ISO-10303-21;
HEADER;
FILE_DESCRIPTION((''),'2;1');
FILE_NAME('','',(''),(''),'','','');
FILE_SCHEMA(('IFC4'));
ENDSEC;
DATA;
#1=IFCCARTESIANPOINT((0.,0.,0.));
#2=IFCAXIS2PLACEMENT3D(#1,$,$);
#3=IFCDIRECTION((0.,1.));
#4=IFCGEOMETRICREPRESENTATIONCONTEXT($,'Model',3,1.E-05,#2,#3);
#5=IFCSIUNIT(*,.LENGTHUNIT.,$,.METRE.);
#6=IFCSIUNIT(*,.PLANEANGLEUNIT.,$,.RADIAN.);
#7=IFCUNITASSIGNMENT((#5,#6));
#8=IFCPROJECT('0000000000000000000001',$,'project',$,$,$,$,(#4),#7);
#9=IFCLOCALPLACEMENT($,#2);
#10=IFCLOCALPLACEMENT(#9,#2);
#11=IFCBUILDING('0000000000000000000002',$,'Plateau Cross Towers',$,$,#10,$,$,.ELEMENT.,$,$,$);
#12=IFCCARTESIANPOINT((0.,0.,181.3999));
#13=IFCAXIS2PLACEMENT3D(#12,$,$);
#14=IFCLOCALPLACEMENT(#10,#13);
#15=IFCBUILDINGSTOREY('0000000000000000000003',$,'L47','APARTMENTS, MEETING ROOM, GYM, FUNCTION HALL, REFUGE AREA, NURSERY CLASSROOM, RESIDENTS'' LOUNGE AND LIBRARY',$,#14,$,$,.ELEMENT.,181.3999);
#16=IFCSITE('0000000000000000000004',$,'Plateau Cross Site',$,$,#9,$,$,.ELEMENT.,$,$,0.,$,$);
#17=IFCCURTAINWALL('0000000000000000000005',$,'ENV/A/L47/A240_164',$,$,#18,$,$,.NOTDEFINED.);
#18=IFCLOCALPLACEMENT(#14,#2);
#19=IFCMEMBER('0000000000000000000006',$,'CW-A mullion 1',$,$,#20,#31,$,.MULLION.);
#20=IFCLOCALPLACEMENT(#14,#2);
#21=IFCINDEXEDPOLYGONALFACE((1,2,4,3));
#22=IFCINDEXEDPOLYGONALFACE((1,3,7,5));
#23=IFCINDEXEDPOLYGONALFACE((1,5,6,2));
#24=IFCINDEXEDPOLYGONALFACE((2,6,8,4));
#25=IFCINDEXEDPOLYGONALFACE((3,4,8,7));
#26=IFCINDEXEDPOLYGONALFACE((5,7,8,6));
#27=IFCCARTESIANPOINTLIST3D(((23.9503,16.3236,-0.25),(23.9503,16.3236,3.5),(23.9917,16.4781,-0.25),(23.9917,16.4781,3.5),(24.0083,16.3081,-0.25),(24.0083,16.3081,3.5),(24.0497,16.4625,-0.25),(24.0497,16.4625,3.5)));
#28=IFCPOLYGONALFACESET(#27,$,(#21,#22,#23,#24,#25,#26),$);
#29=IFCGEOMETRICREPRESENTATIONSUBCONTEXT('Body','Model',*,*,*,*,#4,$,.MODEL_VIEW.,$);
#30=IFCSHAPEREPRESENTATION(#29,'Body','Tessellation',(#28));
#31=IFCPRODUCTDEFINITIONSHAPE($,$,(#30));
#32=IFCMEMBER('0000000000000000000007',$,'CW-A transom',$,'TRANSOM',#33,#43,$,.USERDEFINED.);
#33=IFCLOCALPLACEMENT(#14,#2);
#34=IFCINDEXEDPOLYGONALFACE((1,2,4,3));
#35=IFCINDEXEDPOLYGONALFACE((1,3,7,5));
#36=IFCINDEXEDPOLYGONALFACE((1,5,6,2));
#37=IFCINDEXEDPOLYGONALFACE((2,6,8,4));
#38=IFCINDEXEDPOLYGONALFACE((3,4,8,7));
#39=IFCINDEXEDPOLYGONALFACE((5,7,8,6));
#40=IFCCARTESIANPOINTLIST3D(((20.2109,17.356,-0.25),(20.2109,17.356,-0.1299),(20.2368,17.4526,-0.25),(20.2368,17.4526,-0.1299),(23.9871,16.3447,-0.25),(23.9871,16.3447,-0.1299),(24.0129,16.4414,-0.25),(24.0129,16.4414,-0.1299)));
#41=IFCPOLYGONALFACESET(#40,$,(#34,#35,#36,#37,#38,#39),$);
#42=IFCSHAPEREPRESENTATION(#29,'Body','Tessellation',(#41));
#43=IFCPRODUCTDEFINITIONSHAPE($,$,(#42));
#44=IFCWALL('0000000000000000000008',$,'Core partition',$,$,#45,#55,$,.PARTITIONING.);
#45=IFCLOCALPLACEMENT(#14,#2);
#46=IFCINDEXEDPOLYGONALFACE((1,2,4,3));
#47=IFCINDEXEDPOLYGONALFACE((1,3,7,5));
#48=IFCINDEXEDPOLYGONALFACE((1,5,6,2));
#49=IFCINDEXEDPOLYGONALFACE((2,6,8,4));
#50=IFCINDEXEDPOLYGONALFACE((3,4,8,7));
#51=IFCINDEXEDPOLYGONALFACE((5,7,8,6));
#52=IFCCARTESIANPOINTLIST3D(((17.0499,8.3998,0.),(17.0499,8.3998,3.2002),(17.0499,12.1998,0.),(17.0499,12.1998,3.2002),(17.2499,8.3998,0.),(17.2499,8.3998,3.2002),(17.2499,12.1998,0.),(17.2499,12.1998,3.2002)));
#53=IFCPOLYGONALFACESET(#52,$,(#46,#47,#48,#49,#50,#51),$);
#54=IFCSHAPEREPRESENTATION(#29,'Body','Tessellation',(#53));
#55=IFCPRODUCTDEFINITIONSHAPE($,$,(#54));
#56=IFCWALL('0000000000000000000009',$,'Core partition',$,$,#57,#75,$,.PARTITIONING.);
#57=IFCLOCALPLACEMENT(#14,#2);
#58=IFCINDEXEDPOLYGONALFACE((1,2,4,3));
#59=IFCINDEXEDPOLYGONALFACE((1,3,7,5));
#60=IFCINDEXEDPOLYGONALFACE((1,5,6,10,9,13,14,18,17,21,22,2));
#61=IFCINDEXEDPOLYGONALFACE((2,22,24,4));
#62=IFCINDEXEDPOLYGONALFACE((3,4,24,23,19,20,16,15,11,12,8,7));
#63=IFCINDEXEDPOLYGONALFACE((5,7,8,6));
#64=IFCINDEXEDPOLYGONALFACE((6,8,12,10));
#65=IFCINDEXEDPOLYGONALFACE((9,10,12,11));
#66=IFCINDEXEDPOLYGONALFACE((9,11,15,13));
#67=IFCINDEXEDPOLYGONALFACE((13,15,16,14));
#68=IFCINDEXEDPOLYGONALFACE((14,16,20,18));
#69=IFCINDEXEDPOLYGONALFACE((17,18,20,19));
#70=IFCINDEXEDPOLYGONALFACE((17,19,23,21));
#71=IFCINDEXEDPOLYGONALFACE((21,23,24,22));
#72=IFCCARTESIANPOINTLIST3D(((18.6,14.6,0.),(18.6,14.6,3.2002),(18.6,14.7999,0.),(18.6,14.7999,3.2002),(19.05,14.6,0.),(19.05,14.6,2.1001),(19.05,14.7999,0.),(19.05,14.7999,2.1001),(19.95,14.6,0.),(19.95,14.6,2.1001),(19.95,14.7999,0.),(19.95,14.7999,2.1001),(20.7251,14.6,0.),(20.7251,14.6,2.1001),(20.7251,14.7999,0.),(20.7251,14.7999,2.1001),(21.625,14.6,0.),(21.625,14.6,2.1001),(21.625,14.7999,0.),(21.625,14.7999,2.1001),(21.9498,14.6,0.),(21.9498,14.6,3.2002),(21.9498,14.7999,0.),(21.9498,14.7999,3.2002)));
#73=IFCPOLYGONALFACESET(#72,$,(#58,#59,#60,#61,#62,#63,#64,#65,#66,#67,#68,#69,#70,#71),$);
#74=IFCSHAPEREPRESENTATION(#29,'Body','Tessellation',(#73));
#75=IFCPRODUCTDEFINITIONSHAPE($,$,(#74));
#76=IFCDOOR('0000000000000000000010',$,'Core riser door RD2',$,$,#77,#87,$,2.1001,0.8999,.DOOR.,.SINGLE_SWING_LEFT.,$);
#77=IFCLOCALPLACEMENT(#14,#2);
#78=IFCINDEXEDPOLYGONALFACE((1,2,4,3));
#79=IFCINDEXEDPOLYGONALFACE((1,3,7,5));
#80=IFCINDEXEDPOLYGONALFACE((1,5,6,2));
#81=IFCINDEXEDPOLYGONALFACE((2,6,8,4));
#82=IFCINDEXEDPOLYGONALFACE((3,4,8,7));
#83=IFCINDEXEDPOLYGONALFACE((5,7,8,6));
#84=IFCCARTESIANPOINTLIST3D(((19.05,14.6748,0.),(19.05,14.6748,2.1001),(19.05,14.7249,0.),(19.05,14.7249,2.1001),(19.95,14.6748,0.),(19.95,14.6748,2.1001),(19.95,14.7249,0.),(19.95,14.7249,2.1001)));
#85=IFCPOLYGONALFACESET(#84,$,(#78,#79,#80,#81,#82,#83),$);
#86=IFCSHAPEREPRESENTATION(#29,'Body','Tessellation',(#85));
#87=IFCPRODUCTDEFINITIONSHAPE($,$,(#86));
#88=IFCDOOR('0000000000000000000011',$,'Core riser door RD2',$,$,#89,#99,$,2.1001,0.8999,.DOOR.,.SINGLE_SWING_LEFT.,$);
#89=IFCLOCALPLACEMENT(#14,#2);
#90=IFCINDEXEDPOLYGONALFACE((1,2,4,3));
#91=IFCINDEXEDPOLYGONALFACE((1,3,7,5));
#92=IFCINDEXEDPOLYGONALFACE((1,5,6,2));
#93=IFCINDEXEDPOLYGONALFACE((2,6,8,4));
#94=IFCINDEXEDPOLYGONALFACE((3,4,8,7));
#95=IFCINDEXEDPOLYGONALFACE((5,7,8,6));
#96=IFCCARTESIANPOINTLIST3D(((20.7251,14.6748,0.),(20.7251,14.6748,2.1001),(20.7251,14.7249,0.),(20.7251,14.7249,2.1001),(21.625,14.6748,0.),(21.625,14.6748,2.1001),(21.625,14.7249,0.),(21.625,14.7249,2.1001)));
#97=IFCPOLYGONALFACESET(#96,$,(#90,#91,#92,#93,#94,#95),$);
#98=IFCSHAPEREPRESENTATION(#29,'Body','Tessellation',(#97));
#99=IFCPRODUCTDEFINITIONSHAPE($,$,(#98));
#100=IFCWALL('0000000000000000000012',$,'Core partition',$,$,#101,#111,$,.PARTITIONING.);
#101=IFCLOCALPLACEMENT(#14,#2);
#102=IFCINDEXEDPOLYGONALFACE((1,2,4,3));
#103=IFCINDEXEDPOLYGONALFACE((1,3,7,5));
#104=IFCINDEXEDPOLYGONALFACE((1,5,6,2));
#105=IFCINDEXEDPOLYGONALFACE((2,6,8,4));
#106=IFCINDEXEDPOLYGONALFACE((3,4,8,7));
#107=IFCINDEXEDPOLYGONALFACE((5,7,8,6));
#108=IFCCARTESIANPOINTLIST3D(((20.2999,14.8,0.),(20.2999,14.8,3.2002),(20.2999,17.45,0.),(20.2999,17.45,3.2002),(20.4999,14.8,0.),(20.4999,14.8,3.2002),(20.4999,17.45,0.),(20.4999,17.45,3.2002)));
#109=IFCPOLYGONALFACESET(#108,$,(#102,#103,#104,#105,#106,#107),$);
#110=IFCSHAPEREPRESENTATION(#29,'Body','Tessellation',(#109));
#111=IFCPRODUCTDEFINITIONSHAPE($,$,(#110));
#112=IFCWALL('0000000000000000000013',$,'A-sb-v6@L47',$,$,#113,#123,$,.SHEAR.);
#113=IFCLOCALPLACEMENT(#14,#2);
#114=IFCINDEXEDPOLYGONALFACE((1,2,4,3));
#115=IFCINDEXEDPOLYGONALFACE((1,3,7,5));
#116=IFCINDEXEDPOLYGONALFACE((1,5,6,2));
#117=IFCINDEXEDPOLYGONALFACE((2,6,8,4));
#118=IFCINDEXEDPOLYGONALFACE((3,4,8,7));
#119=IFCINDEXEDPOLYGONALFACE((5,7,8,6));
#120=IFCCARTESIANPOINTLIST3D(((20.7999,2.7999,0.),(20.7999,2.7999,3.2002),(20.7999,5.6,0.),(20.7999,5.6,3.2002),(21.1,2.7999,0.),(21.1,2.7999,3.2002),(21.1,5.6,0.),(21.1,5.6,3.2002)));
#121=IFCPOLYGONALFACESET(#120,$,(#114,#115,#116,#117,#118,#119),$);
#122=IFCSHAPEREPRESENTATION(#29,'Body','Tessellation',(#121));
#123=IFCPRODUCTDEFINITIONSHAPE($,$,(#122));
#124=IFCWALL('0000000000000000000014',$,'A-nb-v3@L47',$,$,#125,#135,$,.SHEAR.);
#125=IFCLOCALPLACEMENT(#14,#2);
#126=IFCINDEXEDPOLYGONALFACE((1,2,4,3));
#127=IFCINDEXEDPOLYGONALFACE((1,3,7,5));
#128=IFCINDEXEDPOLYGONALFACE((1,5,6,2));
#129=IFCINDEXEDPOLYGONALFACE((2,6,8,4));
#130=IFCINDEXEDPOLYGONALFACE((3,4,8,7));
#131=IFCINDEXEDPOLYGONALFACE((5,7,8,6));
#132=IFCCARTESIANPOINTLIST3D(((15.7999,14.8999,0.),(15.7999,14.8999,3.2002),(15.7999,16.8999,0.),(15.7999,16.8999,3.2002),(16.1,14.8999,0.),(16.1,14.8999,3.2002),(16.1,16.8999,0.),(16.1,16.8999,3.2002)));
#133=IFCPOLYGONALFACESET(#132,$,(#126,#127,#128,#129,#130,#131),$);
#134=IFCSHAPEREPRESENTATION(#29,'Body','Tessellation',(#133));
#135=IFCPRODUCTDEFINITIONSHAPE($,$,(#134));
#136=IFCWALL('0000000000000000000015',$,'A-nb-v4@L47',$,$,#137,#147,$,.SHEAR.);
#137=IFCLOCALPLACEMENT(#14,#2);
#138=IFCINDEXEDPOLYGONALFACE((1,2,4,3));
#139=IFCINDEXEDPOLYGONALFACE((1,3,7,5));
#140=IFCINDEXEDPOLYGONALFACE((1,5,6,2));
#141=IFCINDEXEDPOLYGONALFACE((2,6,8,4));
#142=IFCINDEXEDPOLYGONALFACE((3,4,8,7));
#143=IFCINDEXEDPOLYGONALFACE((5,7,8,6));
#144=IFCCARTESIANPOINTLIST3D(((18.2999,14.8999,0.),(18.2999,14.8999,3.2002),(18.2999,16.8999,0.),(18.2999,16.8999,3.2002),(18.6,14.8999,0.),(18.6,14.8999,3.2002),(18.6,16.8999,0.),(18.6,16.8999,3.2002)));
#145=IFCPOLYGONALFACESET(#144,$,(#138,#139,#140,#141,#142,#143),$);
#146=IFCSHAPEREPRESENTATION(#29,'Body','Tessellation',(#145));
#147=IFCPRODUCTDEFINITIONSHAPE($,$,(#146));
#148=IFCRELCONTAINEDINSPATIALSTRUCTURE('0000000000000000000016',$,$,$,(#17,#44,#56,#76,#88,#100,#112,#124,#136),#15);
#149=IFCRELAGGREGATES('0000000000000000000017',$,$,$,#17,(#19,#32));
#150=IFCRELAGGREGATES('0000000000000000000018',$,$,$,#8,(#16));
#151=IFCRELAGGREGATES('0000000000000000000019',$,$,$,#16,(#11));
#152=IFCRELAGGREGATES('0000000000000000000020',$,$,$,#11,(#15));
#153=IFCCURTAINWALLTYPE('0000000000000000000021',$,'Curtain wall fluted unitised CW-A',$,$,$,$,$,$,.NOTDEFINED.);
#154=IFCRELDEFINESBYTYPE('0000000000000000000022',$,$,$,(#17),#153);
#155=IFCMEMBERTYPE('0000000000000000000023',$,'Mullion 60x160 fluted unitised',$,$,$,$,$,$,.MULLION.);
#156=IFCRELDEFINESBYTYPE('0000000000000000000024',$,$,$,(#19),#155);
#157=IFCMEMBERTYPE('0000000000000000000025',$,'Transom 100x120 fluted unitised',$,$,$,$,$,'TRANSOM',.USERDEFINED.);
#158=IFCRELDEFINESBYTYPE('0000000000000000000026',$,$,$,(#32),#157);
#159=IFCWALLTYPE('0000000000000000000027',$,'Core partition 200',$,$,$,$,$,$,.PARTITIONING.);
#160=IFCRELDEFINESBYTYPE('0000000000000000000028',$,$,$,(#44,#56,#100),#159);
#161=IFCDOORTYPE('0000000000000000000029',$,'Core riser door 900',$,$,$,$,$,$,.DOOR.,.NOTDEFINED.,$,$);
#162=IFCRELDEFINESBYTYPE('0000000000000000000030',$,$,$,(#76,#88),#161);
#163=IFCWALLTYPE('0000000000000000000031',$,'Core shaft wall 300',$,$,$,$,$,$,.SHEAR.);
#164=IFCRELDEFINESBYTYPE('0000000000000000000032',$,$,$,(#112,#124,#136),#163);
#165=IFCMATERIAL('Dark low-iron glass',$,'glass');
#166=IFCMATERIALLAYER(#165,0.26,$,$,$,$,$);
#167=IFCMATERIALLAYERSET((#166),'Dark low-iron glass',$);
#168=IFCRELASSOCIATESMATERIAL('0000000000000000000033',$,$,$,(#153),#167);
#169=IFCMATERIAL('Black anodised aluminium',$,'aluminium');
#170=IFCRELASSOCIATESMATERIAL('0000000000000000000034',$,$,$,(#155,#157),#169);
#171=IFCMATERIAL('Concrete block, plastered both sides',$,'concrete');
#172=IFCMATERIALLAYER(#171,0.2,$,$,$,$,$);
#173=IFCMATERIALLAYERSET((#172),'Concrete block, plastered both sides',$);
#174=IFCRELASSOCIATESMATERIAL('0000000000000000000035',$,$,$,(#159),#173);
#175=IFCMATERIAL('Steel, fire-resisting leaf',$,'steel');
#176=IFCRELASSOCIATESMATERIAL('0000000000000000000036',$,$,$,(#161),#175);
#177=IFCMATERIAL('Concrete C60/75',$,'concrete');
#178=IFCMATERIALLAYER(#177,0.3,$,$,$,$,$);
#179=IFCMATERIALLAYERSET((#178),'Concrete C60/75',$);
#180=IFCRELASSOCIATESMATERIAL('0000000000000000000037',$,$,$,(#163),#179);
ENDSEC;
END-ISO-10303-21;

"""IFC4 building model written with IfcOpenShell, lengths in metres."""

from ifc_helpers import new_model, si_unit, direction, frame, frame_2d, origin, origin_2d, place, context, subcontext, project, spatial, rectangle, extrude, material, layer, layer_set, material_profile, profile_set, type_object, element, fill, aggregate, save


model = new_model("IFC4")

# Units and contexts
model_context = context("Model", 3, precision=1e-05, world=origin(), true_north=direction((0.0, 1.0)))
body_context = subcontext(model_context, "Body", "Model", "MODEL_VIEW")
ifc_project = project(units=[si_unit("LENGTHUNIT", "METRE"), si_unit("PLANEANGLEUNIT", "RADIAN")], contexts=[model_context])

# Site, building, storey
site_placement = place(None, origin())
site = spatial("IfcSite", under=ifc_project, at=site_placement, Name="Plateau Cross Site", CompositionType="ELEMENT", RefElevation=0.0)
building_placement = place(site_placement, origin())
building = spatial("IfcBuilding", under=site, at=building_placement, Name="Plateau Cross Towers", CompositionType="ELEMENT")
storey_placement = place(building_placement, frame((0.0, 0.0, 181.3999)))
storey = spatial("IfcBuildingStorey", under=building, at=storey_placement, Name="L47", Description="APARTMENTS, MEETING ROOM, GYM, FUNCTION HALL, REFUGE AREA, NURSERY CLASSROOM, RESIDENTS' LOUNGE AND LIBRARY", CompositionType="ELEMENT", Elevation=181.3999)

# Curtain wall, members
ifc_material_1 = material(Name="Dark low-iron glass", Category="glass")
ifc_layer_1 = layer(ifc_material_1, 0.26)
ifc_layer_set_1 = layer_set([ifc_layer_1], Name="Dark low-iron glass")
curtain_wall_type = type_object("IfcCurtainWallType", Name="Curtain wall fluted unitised CW-A", PredefinedType="NOTDEFINED", material=ifc_layer_set_1)
curtain_wall_placement = place(storey_placement, origin())
curtain_wall = element("IfcCurtainWall", 1, at=curtain_wall_placement, inside=storey, type_object=curtain_wall_type, Name="ENV/A/L47/A240_164", PredefinedType="NOTDEFINED")
ifc_material_2 = material(Name="Black anodised aluminium", Category="aluminium")
ifc_material_profile_1 = material_profile(ifc_material_2, rectangle(XDim=0.0601, YDim=0.1599, at=origin_2d()), Name="MULLION 60x160")
ifc_profile_set_1 = profile_set([ifc_material_profile_1], Name="Black anodised aluminium")
member_type_1 = type_object("IfcMemberType", Name="Mullion 60x160 fluted unitised", PredefinedType="MULLION", material=ifc_profile_set_1)
member_1_placement = place(storey_placement, frame((24.0, 16.3931, -0.25), z_axis=(0.0, 0.0, 1.0), x_axis=(-0.965958, 0.258699, 0.0)))
member_1 = element("IfcMember", 2, at=member_1_placement, type_object=member_type_1, Name="CW-A mullion 1", PredefinedType="MULLION", context=body_context, shape_type="SweptSolid", body=[
    extrude(rectangle(XDim=0.0601, YDim=0.1599, at=origin_2d()), origin(), (0.0, 0.0, 1.0), 3.75),
])
ifc_material_profile_2 = material_profile(ifc_material_2, rectangle(XDim=0.1001, YDim=0.1201, at=origin_2d()), Name="TRANSOM 100x120")
ifc_profile_set_2 = profile_set([ifc_material_profile_2], Name="Black anodised aluminium")
member_type_2 = type_object("IfcMemberType", Name="Transom 100x120 fluted unitised", ElementType="TRANSOM", PredefinedType="USERDEFINED", material=ifc_profile_set_2)
member_2_placement = place(storey_placement, frame((24.0, 16.3931, -0.1899), z_axis=(-0.965963, 0.258681, 0.0), x_axis=(-0.258681, -0.965963, 0.0)))
member_2 = element("IfcMember", 3, at=member_2_placement, type_object=member_type_2, Name="CW-A transom", ObjectType="TRANSOM", PredefinedType="USERDEFINED", context=body_context, shape_type="SweptSolid", body=[
    extrude(rectangle(XDim=0.1001, YDim=0.1201, at=origin_2d()), origin(), (0.0, 0.0, 1.0), 3.9092),
])
aggregate(curtain_wall, [member_1, member_2])

# Wall
ifc_material_3 = material(Name="Concrete block, plastered both sides", Category="concrete")
ifc_layer_2 = layer(ifc_material_3, 0.2)
ifc_layer_set_2 = layer_set([ifc_layer_2], Name="Concrete block, plastered both sides")
wall_type_1 = type_object("IfcWallType", Name="Core partition 200", PredefinedType="PARTITIONING", material=ifc_layer_set_2)
wall_1_placement = place(storey_placement, frame((17.1499, 8.3999, 0.0), z_axis=(0.0, 0.0, 1.0), x_axis=(0.0, 1.0, 0.0)))
element("IfcWall", 4, at=wall_1_placement, inside=storey, type_object=wall_type_1, Name="Core partition", PredefinedType="PARTITIONING", context=body_context, shape_type="SweptSolid", body=[
    extrude(rectangle(XDim=3.8, YDim=0.2, at=frame_2d((1.8999, 0.0))), origin(), (0.0, 0.0, 1.0), 3.2002),
])

# Wall, openings, doors
wall_2_placement = place(storey_placement, frame((18.6001, 14.7, 0.0), z_axis=(0.0, 0.0, 1.0), x_axis=(1.0, 0.0, 0.0)))
wall_2 = element("IfcWall", 5, at=wall_2_placement, inside=storey, type_object=wall_type_1, Name="Core partition", PredefinedType="PARTITIONING", context=body_context, shape_type="SweptSolid", body=[
    extrude(rectangle(XDim=3.3499, YDim=0.2, at=frame_2d((1.6748, 0.0))), origin(), (0.0, 0.0, 1.0), 3.2002),
])
opening_1_placement = place(wall_2_placement, frame((0.45, 0.0, 0.0)))
opening_1 = element("IfcOpeningElement", 6, at=opening_1_placement, cuts=wall_2, PredefinedType="OPENING", context=body_context, shape_type="SweptSolid", body=[
    extrude(rectangle(XDim=0.8999, YDim=2.1001, at=frame_2d((0.45, 1.05))), frame((0.0, 0.1099, 0.0), z_axis=(0.0, -1.0, 0.0), x_axis=(1.0, 0.0, 0.0)), (0.0, 0.0, 1.0), 0.22),
])
opening_2_placement = place(wall_2_placement, frame((2.125, 0.0, 0.0)))
opening_2 = element("IfcOpeningElement", 7, at=opening_2_placement, cuts=wall_2, PredefinedType="OPENING", context=body_context, shape_type="SweptSolid", body=[
    extrude(rectangle(XDim=0.8999, YDim=2.1001, at=frame_2d((0.45, 1.05))), frame((0.0, 0.1099, 0.0), z_axis=(0.0, -1.0, 0.0), x_axis=(1.0, 0.0, 0.0)), (0.0, 0.0, 1.0), 0.22),
])
ifc_material_4 = material(Name="Steel, fire-resisting leaf", Category="steel")
door_type_1 = type_object("IfcDoorType", Name="Core riser door 900", OperationType="NOTDEFINED", PredefinedType="DOOR", material=ifc_material_4)
door_1_placement = place(opening_1_placement, origin())
door_1 = element("IfcDoor", 8, at=door_1_placement, inside=storey, type_object=door_type_1, Name="Core riser door RD2", OperationType="SINGLE_SWING_LEFT", OverallHeight=2.1001, OverallWidth=0.8999, PredefinedType="DOOR", context=body_context, shape_type="SweptSolid", body=[
    extrude(rectangle(XDim=0.8999, YDim=2.1001, at=frame_2d((0.45, 1.05))), frame((0.0, 0.0249, 0.0), z_axis=(0.0, -1.0, 0.0), x_axis=(1.0, 0.0, 0.0)), (0.0, 0.0, 1.0), 0.05),
])
fill(opening_1, door_1)
door_2_placement = place(opening_2_placement, origin())
door_2 = element("IfcDoor", 9, at=door_2_placement, inside=storey, type_object=door_type_1, Name="Core riser door RD2", OperationType="SINGLE_SWING_LEFT", OverallHeight=2.1001, OverallWidth=0.8999, PredefinedType="DOOR", context=body_context, shape_type="SweptSolid", body=[
    extrude(rectangle(XDim=0.8999, YDim=2.1001, at=frame_2d((0.45, 1.05))), frame((0.0, 0.0249, 0.0), z_axis=(0.0, -1.0, 0.0), x_axis=(1.0, 0.0, 0.0)), (0.0, 0.0, 1.0), 0.05),
])
fill(opening_2, door_2)

# Walls
wall_3_placement = place(storey_placement, frame((20.3999, 14.8, 0.0), z_axis=(0.0, 0.0, 1.0), x_axis=(0.0, 1.0, 0.0)))
element("IfcWall", 10, at=wall_3_placement, inside=storey, type_object=wall_type_1, Name="Core partition", PredefinedType="PARTITIONING", context=body_context, shape_type="SweptSolid", body=[
    extrude(rectangle(XDim=2.6499, YDim=0.2, at=frame_2d((1.325, 0.0))), origin(), (0.0, 0.0, 1.0), 3.2002),
])
ifc_material_5 = material(Name="Concrete C60/75", Category="concrete")
ifc_layer_3 = layer(ifc_material_5, 0.3)
ifc_layer_set_3 = layer_set([ifc_layer_3], Name="Concrete C60/75")
wall_type_2 = type_object("IfcWallType", Name="Core shaft wall 300", PredefinedType="SHEAR", material=ifc_layer_set_3)
wall_4_placement = place(storey_placement, frame((20.95, 2.8, 0.0), z_axis=(0.0, 0.0, 1.0), x_axis=(0.0, 1.0, 0.0)))
element("IfcWall", 11, at=wall_4_placement, inside=storey, type_object=wall_type_2, Name="A-sb-v6@L47", PredefinedType="SHEAR", context=body_context, shape_type="SweptSolid", body=[
    extrude(rectangle(XDim=2.8, YDim=0.3, at=frame_2d((1.3999, 0.0))), origin(), (0.0, 0.0, 1.0), 3.2002),
])
for number, where, z_axis, x_axis, name in (
    (12, (15.95, 14.8999, 0.0), (0.0, 0.0, 1.0), (0.0, 1.0, 0.0), "A-nb-v3@L47"),
    (13, (18.45, 14.8999, 0.0), (0.0, 0.0, 1.0), (0.0, 1.0, 0.0), "A-nb-v4@L47"),
):
    element("IfcWall", number, at=place(storey_placement, frame(where, z_axis=z_axis, x_axis=x_axis)), inside=storey, type_object=wall_type_2, Name=name, PredefinedType="SHEAR", context=body_context, shape_type="SweptSolid", body=[
        extrude(rectangle(XDim=2.0, YDim=0.3, at=frame_2d((1.0, 0.0))), origin(), (0.0, 0.0, 1.0), 3.2002),
    ])

save(model, "model.ifc")
